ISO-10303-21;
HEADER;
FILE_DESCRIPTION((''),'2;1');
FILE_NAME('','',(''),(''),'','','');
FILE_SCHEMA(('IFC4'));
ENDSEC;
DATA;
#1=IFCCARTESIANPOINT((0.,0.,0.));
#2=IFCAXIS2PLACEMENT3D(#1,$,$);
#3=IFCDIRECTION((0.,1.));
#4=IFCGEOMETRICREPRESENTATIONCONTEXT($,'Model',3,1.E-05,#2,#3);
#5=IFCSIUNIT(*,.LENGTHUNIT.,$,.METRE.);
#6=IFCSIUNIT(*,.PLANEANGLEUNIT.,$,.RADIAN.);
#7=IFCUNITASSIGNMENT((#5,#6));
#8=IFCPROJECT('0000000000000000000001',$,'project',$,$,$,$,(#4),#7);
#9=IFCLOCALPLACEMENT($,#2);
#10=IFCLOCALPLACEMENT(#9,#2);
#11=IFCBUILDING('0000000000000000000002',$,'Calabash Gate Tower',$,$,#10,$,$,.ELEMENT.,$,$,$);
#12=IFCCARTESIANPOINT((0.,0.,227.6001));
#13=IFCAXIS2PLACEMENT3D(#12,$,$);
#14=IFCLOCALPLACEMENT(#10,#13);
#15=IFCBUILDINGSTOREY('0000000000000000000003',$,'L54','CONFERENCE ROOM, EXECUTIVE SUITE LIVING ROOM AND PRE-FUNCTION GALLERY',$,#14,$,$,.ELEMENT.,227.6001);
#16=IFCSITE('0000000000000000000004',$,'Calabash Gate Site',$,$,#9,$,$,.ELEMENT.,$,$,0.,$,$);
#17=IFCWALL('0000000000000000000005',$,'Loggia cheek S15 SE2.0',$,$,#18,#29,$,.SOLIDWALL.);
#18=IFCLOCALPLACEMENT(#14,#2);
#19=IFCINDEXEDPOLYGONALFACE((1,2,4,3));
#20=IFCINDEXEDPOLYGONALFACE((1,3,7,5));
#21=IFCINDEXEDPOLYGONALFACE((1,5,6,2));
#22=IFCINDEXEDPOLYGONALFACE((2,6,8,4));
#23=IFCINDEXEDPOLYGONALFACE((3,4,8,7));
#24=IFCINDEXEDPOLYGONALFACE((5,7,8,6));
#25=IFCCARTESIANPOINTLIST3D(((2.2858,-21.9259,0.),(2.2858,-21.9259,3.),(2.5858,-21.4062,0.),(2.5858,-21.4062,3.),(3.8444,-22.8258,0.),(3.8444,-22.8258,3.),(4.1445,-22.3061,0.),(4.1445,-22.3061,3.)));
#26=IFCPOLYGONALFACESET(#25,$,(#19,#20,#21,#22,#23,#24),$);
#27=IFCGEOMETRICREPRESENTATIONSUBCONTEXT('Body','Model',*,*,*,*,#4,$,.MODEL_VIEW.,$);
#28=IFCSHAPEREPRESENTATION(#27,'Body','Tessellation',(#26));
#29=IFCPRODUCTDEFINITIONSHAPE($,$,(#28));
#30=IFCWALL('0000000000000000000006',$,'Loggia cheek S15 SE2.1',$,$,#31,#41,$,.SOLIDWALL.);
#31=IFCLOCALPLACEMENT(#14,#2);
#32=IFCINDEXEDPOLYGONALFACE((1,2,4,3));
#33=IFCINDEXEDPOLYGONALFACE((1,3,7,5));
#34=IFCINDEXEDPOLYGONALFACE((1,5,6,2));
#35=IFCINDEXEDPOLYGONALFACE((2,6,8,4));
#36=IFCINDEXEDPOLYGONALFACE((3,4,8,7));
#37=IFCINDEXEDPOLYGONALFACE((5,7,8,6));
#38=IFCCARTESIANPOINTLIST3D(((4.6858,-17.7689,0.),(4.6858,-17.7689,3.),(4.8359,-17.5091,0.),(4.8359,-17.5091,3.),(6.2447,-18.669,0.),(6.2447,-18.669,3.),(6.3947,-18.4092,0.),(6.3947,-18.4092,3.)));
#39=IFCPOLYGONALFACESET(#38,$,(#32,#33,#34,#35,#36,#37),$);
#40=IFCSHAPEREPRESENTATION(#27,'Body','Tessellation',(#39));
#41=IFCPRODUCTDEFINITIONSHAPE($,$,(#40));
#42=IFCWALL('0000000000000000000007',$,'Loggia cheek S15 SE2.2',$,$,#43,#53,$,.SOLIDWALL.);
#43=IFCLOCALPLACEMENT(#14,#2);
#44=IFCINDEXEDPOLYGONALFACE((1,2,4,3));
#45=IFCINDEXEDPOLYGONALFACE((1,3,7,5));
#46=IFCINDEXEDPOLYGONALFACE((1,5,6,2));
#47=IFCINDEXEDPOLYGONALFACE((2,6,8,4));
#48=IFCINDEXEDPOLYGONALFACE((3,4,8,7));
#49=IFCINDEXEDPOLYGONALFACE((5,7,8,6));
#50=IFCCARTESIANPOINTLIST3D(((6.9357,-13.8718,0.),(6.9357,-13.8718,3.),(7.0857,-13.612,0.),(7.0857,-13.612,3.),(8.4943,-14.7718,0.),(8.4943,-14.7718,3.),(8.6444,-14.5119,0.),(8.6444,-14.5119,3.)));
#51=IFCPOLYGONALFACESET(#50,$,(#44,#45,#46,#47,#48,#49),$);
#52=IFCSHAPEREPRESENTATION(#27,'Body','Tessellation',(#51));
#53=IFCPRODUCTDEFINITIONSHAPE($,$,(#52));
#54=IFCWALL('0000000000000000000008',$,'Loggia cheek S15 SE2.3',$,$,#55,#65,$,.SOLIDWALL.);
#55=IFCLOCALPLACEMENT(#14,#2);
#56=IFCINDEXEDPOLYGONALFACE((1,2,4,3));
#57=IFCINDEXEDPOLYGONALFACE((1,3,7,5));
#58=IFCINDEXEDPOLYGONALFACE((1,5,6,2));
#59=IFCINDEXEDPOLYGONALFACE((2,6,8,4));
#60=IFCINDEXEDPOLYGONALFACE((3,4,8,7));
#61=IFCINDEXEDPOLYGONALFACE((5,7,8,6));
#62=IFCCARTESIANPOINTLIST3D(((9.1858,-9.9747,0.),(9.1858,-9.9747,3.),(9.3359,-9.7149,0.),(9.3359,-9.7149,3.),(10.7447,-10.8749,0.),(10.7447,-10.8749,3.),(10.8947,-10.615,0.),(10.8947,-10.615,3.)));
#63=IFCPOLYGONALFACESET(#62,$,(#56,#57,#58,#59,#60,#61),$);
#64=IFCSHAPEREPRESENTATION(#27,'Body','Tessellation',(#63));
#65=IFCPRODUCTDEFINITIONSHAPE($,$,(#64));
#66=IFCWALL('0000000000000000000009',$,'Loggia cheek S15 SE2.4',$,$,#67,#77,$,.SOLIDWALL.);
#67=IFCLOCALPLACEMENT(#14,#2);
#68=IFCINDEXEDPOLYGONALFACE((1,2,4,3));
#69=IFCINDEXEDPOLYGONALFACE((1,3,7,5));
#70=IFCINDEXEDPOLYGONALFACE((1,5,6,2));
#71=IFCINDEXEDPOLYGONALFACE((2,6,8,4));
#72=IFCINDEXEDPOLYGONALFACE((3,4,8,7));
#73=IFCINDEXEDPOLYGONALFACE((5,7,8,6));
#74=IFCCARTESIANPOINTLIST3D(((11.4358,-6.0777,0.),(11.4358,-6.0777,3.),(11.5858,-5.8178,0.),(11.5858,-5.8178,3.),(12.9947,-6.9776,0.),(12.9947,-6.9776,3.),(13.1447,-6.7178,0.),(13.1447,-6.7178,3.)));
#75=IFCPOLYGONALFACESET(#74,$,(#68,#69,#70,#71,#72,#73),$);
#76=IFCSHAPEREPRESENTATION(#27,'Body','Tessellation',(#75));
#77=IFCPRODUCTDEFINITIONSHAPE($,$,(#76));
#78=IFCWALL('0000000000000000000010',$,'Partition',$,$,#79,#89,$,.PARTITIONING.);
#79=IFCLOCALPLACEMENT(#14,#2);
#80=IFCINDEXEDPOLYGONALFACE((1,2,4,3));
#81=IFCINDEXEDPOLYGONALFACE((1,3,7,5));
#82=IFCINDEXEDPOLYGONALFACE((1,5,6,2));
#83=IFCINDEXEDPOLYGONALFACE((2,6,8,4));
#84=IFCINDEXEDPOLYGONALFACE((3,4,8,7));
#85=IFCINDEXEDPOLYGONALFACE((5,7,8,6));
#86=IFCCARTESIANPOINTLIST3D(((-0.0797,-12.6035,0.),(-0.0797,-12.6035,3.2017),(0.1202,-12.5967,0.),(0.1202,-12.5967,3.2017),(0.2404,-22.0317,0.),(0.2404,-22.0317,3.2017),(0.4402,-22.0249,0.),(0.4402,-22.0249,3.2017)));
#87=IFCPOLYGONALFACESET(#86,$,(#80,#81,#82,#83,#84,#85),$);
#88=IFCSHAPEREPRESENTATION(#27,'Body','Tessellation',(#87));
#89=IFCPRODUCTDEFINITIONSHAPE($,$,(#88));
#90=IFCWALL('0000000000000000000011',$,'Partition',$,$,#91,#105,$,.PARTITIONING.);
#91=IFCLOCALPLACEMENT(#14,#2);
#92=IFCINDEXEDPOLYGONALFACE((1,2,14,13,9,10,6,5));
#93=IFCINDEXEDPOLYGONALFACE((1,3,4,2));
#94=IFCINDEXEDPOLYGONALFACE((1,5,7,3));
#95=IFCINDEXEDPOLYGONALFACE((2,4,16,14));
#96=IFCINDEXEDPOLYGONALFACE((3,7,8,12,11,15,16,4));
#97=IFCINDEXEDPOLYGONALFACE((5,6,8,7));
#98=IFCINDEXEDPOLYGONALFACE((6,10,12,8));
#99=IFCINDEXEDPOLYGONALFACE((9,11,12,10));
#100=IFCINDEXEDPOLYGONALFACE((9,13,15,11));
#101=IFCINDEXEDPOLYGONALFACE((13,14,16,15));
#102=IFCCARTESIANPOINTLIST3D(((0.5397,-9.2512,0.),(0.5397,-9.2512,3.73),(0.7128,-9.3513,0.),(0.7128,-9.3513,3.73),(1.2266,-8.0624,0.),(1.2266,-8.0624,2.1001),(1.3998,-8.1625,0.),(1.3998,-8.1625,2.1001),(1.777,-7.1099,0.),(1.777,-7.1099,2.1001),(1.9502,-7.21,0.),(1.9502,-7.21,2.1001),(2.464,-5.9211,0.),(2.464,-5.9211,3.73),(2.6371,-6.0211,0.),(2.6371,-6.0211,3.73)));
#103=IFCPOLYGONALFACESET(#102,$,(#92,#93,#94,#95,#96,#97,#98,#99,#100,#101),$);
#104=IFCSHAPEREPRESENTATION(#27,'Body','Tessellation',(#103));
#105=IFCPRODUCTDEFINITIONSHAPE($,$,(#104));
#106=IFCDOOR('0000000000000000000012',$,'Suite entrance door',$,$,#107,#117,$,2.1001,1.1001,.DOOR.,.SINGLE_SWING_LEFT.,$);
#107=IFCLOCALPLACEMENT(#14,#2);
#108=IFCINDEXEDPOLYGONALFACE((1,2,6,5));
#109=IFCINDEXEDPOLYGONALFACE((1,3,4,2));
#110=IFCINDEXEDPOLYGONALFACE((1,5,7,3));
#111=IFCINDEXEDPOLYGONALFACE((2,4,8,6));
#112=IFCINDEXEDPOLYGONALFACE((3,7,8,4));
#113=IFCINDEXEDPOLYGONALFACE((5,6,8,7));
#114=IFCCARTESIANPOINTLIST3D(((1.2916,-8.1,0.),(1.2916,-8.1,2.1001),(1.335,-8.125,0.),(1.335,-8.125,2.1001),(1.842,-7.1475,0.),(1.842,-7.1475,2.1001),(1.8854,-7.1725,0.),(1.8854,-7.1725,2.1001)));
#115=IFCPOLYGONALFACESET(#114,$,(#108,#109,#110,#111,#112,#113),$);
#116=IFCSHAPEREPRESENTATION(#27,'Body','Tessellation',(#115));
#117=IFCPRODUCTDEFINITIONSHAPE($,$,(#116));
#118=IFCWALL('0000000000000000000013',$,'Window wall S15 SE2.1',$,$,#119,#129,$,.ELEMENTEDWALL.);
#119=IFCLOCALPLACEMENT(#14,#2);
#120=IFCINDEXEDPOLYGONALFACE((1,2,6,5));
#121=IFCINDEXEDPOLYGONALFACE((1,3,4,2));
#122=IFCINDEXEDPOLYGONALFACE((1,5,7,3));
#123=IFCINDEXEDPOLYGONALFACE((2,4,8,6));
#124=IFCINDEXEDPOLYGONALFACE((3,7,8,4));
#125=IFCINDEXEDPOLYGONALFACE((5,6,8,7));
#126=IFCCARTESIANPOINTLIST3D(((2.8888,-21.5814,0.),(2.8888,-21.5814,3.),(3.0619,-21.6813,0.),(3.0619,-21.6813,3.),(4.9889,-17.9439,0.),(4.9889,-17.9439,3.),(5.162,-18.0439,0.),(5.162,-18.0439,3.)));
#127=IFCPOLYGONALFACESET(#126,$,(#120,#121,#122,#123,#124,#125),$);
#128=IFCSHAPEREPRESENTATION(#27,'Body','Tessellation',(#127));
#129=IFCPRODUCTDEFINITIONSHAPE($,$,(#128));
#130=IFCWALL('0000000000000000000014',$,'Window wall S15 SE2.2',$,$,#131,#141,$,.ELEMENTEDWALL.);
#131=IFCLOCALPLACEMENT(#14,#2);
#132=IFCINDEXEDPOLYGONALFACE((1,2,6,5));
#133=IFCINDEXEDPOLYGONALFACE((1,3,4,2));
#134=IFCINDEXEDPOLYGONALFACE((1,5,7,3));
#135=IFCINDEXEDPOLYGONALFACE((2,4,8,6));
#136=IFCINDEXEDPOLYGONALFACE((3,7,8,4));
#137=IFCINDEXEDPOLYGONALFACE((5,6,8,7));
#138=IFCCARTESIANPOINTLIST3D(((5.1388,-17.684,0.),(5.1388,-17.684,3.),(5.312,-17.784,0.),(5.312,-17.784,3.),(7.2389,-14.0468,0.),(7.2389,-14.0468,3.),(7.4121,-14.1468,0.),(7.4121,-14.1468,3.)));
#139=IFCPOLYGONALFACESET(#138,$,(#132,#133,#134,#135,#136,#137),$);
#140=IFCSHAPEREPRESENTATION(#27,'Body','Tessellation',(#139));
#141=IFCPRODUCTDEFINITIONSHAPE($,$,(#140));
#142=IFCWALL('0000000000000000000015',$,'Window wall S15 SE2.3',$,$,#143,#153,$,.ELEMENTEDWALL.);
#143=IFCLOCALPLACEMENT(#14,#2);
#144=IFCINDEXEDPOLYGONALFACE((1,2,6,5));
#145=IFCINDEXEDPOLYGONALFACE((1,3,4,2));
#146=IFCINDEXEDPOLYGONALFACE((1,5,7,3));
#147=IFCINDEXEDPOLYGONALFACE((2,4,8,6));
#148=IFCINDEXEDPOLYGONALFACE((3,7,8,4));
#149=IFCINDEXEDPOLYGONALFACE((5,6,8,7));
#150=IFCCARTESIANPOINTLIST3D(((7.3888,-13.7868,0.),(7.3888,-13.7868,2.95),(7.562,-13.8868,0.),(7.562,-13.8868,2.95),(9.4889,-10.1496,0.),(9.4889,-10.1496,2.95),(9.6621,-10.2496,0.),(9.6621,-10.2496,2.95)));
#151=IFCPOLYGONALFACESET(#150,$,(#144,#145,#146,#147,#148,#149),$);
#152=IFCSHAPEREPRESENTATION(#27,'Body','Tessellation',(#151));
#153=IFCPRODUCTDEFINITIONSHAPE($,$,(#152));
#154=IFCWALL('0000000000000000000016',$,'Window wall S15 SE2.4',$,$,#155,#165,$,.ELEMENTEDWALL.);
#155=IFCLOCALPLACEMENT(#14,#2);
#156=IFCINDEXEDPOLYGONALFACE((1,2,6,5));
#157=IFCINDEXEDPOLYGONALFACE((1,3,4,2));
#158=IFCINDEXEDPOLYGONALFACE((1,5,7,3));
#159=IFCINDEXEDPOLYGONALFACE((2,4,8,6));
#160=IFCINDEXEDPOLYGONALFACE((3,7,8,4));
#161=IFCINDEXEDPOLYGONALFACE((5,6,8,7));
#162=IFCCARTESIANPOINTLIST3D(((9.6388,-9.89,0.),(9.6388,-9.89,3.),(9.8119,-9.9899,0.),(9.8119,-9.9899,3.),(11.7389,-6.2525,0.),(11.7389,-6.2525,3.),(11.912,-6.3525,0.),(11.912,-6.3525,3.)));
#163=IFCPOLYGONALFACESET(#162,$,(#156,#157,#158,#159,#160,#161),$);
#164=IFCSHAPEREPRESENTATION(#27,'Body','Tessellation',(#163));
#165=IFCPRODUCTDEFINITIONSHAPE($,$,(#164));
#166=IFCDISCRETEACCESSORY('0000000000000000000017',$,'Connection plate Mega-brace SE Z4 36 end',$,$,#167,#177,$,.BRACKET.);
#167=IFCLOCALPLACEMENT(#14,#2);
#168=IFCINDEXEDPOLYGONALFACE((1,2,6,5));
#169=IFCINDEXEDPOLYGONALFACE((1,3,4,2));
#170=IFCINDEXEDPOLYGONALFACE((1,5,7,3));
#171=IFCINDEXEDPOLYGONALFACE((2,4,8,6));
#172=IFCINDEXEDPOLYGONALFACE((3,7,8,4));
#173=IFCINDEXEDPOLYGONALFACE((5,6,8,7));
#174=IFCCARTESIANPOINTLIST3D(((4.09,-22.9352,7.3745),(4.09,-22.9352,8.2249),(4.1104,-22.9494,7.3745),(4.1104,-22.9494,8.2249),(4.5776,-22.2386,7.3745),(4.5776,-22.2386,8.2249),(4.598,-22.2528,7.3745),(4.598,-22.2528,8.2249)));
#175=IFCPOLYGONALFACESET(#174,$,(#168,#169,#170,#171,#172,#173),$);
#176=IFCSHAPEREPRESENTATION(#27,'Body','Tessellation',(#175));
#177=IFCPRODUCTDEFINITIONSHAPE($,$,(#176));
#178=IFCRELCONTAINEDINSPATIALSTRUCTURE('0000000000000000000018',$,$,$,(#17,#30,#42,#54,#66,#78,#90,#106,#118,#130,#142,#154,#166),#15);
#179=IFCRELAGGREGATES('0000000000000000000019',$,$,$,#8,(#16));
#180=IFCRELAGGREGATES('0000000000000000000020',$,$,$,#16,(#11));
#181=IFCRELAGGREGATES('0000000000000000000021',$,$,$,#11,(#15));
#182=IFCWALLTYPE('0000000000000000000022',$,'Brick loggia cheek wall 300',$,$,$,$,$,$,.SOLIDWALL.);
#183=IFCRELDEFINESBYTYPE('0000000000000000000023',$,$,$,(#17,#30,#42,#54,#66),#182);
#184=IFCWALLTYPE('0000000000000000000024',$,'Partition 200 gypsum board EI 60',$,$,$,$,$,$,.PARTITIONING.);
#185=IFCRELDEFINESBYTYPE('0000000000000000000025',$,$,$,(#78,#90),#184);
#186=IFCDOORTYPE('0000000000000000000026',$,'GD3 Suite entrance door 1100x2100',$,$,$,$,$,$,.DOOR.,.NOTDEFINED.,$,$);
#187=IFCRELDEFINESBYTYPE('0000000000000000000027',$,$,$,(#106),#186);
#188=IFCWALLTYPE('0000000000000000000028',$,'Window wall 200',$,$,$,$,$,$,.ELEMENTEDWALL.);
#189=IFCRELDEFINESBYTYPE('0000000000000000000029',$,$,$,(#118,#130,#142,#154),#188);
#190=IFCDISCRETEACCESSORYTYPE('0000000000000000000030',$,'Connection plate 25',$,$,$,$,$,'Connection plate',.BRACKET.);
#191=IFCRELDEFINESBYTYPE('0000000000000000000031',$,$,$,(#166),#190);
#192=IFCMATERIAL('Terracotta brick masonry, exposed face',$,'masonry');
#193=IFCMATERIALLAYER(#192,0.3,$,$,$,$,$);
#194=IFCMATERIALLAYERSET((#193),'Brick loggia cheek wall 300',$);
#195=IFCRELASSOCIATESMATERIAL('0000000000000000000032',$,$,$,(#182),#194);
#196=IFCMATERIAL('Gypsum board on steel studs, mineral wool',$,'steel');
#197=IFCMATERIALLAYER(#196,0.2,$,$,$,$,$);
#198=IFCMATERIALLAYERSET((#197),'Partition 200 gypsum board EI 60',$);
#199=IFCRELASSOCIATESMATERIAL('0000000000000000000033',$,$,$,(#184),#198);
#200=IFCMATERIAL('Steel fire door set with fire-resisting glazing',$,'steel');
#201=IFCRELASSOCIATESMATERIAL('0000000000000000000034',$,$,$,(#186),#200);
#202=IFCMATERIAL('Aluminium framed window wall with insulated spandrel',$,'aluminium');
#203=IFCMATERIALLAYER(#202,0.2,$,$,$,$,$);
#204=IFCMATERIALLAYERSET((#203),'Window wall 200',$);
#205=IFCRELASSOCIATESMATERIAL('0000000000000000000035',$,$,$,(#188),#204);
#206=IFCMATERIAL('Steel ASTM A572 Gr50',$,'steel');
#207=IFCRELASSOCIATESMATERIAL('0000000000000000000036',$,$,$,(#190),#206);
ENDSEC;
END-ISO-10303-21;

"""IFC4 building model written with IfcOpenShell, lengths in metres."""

from ifc_helpers import new_model, si_unit, direction, frame, frame_2d, origin, origin_2d, place, context, subcontext, project, spatial, rectangle, extrude, material, layer, layer_set, type_object, element, fill, save


model = new_model("IFC4")

# Units and contexts
model_context = context("Model", 3, precision=1e-05, world=origin(), true_north=direction((0.0, 1.0)))
body_context = subcontext(model_context, "Body", "Model", "MODEL_VIEW")
ifc_project = project(units=[si_unit("LENGTHUNIT", "METRE"), si_unit("PLANEANGLEUNIT", "RADIAN")], contexts=[model_context])

# Site, building, storey
site_placement = place(None, origin())
site = spatial("IfcSite", under=ifc_project, at=site_placement, Name="Calabash Gate Site", CompositionType="ELEMENT", RefElevation=0.0)
building_placement = place(site_placement, origin())
building = spatial("IfcBuilding", under=site, at=building_placement, Name="Calabash Gate Tower", CompositionType="ELEMENT")
storey_placement = place(building_placement, frame((0.0, 0.0, 227.6001)))
storey = spatial("IfcBuildingStorey", under=building, at=storey_placement, Name="L54", Description="CONFERENCE ROOM, EXECUTIVE SUITE LIVING ROOM AND PRE-FUNCTION GALLERY", CompositionType="ELEMENT", Elevation=227.6001)

# Walls
ifc_material_1 = material(Name="Terracotta brick masonry, exposed face", Category="masonry")
ifc_layer_1 = layer(ifc_material_1, 0.3)
ifc_layer_set_1 = layer_set([ifc_layer_1], Name="Brick loggia cheek wall 300")
wall_type_1 = type_object("IfcWallType", Name="Brick loggia cheek wall 300", PredefinedType="SOLIDWALL", material=ifc_layer_set_1)
wall_1_placement = place(storey_placement, frame((2.4358, -21.666, 0.0), z_axis=(0.0, 0.0, 1.0), x_axis=(0.866014, -0.50002, 0.0)))
element("IfcWall", 1, at=wall_1_placement, inside=storey, type_object=wall_type_1, Name="Loggia cheek S15 SE2.0", PredefinedType="SOLIDWALL", context=body_context, shape_type="SweptSolid", body=[
    extrude(rectangle(XDim=1.7998, YDim=0.6001, at=frame_2d((0.8999, 0.0))), origin(), (0.0, 0.0, 1.0), 3.0),
])
wall_2_placement = place(storey_placement, frame((6.3196, -18.5391, 0.0), z_axis=(0.0, 0.0, 1.0), x_axis=(-0.865989, 0.500063, 0.0)))
element("IfcWall", 2, at=wall_2_placement, inside=storey, type_object=wall_type_1, Name="Loggia cheek S15 SE2.1", PredefinedType="SOLIDWALL", context=body_context, shape_type="SweptSolid", body=[
    extrude(rectangle(XDim=1.8, YDim=0.3, at=frame_2d((0.8999, 0.0))), origin(), (0.0, 0.0, 1.0), 3.0),
])
wall_3_placement = place(storey_placement, frame((8.5693, -14.6418, 0.0), z_axis=(0.0, 0.0, 1.0), x_axis=(-0.866014, 0.50002, 0.0)))
element("IfcWall", 3, at=wall_3_placement, inside=storey, type_object=wall_type_1, Name="Loggia cheek S15 SE2.2", PredefinedType="SOLIDWALL", context=body_context, shape_type="SweptSolid", body=[
    extrude(rectangle(XDim=1.7998, YDim=0.3, at=frame_2d((0.8999, 0.0))), origin(), (0.0, 0.0, 1.0), 3.0),
])
for number, where, z_axis, x_axis, name in (
    (4, (10.8196, -10.7449, 0.0), (0.0, 0.0, 1.0), (-0.865989, 0.500063, 0.0), "Loggia cheek S15 SE2.3"),
    (5, (13.0696, -6.8477, 0.0), (0.0, 0.0, 1.0), (-0.866048, 0.499961, 0.0), "Loggia cheek S15 SE2.4"),
):
    element("IfcWall", number, at=place(storey_placement, frame(where, z_axis=z_axis, x_axis=x_axis)), inside=storey, type_object=wall_type_1, Name=name, PredefinedType="SOLIDWALL", context=body_context, shape_type="SweptSolid", body=[
        extrude(rectangle(XDim=1.8, YDim=0.3, at=frame_2d((0.8999, 0.0))), origin(), (0.0, 0.0, 1.0), 3.0),
    ])
ifc_material_2 = material(Name="Gypsum board on steel studs, mineral wool", Category="steel")
ifc_layer_2 = layer(ifc_material_2, 0.2)
ifc_layer_set_2 = layer_set([ifc_layer_2], Name="Partition 200 gypsum board EI 60")
wall_type_2 = type_object("IfcWallType", Name="Partition 200 gypsum board EI 60", PredefinedType="PARTITIONING", material=ifc_layer_set_2)
wall_4_placement = place(storey_placement, frame((0.0203, -12.6001, 0.0), z_axis=(0.0, 0.0, 1.0), x_axis=(0.033928, -0.999424, 0.0)))
element("IfcWall", 6, at=wall_4_placement, inside=storey, type_object=wall_type_2, Name="Partition", PredefinedType="PARTITIONING", context=body_context, shape_type="SweptSolid", body=[
    extrude(rectangle(XDim=9.4336, YDim=0.2, at=frame_2d((4.7168, 0.0))), origin(), (0.0, 0.0, 1.0), 3.2017),
])

# Wall, opening, door
wall_5_placement = place(storey_placement, frame((0.6262, -9.3013, 0.0), z_axis=(0.0, 0.0, 1.0), x_axis=(0.50033, 0.865835, 0.0)))
wall_5 = element("IfcWall", 7, at=wall_5_placement, inside=storey, type_object=wall_type_2, Name="Partition", PredefinedType="PARTITIONING", context=body_context, shape_type="SweptSolid", body=[
    extrude(rectangle(XDim=3.8462, YDim=0.2, at=frame_2d((1.9231, 0.0))), origin(), (0.0, 0.0, 1.0), 3.73),
])
opening_placement = place(wall_5_placement, frame((1.373, 0.0, 0.0)))
opening = element("IfcOpeningElement", 8, at=opening_placement, cuts=wall_5, PredefinedType="OPENING", context=body_context, shape_type="SweptSolid", body=[
    extrude(rectangle(XDim=1.1001, YDim=2.1001, at=frame_2d((0.55, 1.05))), frame((0.0, 0.1099, 0.0), z_axis=(0.0, -1.0, 0.0), x_axis=(1.0, 0.0, 0.0)), (0.0, 0.0, 1.0), 0.22),
])
ifc_material_3 = material(Name="Steel fire door set with fire-resisting glazing", Category="steel")
door_type = type_object("IfcDoorType", Name="GD3 Suite entrance door 1100x2100", OperationType="NOTDEFINED", PredefinedType="DOOR", material=ifc_material_3)
door_placement = place(opening_placement, origin())
door = element("IfcDoor", 9, at=door_placement, inside=storey, type_object=door_type, Name="Suite entrance door", OperationType="SINGLE_SWING_LEFT", OverallHeight=2.1001, OverallWidth=1.1001, PredefinedType="DOOR", context=body_context, shape_type="SweptSolid", body=[
    extrude(rectangle(XDim=1.1001, YDim=2.1001, at=frame_2d((0.55, 1.05))), frame((0.0, 0.0249, 0.0), z_axis=(0.0, -1.0, 0.0), x_axis=(1.0, 0.0, 0.0)), (0.0, 0.0, 1.0), 0.05),
])
fill(opening, door)

# Walls
ifc_material_4 = material(Name="Aluminium framed window wall with insulated spandrel", Category="aluminium")
ifc_layer_3 = layer(ifc_material_4, 0.2)
ifc_layer_set_3 = layer_set([ifc_layer_3], Name="Window wall 200")
wall_type_3 = type_object("IfcWallType", Name="Window wall 200", PredefinedType="ELEMENTEDWALL", material=ifc_layer_set_3)
wall_6_placement = place(storey_placement, frame((2.9753, -21.6313, 0.0), z_axis=(0.0, 0.0, 1.0), x_axis=(0.500003, 0.866024, 0.0)))
element("IfcWall", 10, at=wall_6_placement, inside=storey, type_object=wall_type_3, Name="Window wall S15 SE2.1", PredefinedType="ELEMENTEDWALL", context=body_context, shape_type="SweptSolid", body=[
    extrude(rectangle(XDim=4.2002, YDim=0.2, at=frame_2d((2.1001, 0.0))), origin(), (0.0, 0.0, 1.0), 3.0),
])
wall_7_placement = place(storey_placement, frame((5.2253, -17.7341, 0.0), z_axis=(0.0, 0.0, 1.0), x_axis=(0.500028, 0.866009, 0.0)))
element("IfcWall", 11, at=wall_7_placement, inside=storey, type_object=wall_type_3, Name="Window wall S15 SE2.2", PredefinedType="ELEMENTEDWALL", context=body_context, shape_type="SweptSolid", body=[
    extrude(rectangle(XDim=4.2, YDim=0.2, at=frame_2d((2.1001, 0.0))), origin(), (0.0, 0.0, 1.0), 3.0),
])
wall_8_placement = place(storey_placement, frame((7.4753, -13.8369, 0.0), z_axis=(0.0, 0.0, 1.0), x_axis=(0.500028, 0.866009, 0.0)))
element("IfcWall", 12, at=wall_8_placement, inside=storey, type_object=wall_type_3, Name="Window wall S15 SE2.3", PredefinedType="ELEMENTEDWALL", context=body_context, shape_type="SweptSolid", body=[
    extrude(rectangle(XDim=4.2, YDim=0.2, at=frame_2d((2.1001, 0.0))), origin(), (0.0, 0.0, 1.0), 2.95),
])
wall_9_placement = place(storey_placement, frame((9.7253, -9.9399, 0.0), z_axis=(0.0, 0.0, 1.0), x_axis=(0.500003, 0.866024, 0.0)))
element("IfcWall", 13, at=wall_9_placement, inside=storey, type_object=wall_type_3, Name="Window wall S15 SE2.4", PredefinedType="ELEMENTEDWALL", context=body_context, shape_type="SweptSolid", body=[
    extrude(rectangle(XDim=4.2002, YDim=0.2, at=frame_2d((2.1001, 0.0))), origin(), (0.0, 0.0, 1.0), 3.0),
])

# Discrete accessory
ifc_material_5 = material(Name="Steel ASTM A572 Gr50", Category="steel")
discrete_accessory_type = type_object("IfcDiscreteAccessoryType", Name="Connection plate 25", ElementType="Connection plate", PredefinedType="BRACKET", material=ifc_material_5)
discrete_accessory_placement = place(storey_placement, frame((4.344, -22.594, 7.3745), z_axis=(0.0, 0.0, 1.0), x_axis=(-0.57351, -0.819199, 0.0)))
element("IfcDiscreteAccessory", 14, at=discrete_accessory_placement, inside=storey, type_object=discrete_accessory_type, Name="Connection plate Mega-brace SE Z4 36 end", PredefinedType="BRACKET", context=body_context, shape_type="SweptSolid", body=[
    extrude(rectangle(XDim=0.8503, YDim=0.0249, at=origin_2d()), origin(), (0.0, 0.0, 1.0), 0.8503),
])

save(model, "model.ifc")
